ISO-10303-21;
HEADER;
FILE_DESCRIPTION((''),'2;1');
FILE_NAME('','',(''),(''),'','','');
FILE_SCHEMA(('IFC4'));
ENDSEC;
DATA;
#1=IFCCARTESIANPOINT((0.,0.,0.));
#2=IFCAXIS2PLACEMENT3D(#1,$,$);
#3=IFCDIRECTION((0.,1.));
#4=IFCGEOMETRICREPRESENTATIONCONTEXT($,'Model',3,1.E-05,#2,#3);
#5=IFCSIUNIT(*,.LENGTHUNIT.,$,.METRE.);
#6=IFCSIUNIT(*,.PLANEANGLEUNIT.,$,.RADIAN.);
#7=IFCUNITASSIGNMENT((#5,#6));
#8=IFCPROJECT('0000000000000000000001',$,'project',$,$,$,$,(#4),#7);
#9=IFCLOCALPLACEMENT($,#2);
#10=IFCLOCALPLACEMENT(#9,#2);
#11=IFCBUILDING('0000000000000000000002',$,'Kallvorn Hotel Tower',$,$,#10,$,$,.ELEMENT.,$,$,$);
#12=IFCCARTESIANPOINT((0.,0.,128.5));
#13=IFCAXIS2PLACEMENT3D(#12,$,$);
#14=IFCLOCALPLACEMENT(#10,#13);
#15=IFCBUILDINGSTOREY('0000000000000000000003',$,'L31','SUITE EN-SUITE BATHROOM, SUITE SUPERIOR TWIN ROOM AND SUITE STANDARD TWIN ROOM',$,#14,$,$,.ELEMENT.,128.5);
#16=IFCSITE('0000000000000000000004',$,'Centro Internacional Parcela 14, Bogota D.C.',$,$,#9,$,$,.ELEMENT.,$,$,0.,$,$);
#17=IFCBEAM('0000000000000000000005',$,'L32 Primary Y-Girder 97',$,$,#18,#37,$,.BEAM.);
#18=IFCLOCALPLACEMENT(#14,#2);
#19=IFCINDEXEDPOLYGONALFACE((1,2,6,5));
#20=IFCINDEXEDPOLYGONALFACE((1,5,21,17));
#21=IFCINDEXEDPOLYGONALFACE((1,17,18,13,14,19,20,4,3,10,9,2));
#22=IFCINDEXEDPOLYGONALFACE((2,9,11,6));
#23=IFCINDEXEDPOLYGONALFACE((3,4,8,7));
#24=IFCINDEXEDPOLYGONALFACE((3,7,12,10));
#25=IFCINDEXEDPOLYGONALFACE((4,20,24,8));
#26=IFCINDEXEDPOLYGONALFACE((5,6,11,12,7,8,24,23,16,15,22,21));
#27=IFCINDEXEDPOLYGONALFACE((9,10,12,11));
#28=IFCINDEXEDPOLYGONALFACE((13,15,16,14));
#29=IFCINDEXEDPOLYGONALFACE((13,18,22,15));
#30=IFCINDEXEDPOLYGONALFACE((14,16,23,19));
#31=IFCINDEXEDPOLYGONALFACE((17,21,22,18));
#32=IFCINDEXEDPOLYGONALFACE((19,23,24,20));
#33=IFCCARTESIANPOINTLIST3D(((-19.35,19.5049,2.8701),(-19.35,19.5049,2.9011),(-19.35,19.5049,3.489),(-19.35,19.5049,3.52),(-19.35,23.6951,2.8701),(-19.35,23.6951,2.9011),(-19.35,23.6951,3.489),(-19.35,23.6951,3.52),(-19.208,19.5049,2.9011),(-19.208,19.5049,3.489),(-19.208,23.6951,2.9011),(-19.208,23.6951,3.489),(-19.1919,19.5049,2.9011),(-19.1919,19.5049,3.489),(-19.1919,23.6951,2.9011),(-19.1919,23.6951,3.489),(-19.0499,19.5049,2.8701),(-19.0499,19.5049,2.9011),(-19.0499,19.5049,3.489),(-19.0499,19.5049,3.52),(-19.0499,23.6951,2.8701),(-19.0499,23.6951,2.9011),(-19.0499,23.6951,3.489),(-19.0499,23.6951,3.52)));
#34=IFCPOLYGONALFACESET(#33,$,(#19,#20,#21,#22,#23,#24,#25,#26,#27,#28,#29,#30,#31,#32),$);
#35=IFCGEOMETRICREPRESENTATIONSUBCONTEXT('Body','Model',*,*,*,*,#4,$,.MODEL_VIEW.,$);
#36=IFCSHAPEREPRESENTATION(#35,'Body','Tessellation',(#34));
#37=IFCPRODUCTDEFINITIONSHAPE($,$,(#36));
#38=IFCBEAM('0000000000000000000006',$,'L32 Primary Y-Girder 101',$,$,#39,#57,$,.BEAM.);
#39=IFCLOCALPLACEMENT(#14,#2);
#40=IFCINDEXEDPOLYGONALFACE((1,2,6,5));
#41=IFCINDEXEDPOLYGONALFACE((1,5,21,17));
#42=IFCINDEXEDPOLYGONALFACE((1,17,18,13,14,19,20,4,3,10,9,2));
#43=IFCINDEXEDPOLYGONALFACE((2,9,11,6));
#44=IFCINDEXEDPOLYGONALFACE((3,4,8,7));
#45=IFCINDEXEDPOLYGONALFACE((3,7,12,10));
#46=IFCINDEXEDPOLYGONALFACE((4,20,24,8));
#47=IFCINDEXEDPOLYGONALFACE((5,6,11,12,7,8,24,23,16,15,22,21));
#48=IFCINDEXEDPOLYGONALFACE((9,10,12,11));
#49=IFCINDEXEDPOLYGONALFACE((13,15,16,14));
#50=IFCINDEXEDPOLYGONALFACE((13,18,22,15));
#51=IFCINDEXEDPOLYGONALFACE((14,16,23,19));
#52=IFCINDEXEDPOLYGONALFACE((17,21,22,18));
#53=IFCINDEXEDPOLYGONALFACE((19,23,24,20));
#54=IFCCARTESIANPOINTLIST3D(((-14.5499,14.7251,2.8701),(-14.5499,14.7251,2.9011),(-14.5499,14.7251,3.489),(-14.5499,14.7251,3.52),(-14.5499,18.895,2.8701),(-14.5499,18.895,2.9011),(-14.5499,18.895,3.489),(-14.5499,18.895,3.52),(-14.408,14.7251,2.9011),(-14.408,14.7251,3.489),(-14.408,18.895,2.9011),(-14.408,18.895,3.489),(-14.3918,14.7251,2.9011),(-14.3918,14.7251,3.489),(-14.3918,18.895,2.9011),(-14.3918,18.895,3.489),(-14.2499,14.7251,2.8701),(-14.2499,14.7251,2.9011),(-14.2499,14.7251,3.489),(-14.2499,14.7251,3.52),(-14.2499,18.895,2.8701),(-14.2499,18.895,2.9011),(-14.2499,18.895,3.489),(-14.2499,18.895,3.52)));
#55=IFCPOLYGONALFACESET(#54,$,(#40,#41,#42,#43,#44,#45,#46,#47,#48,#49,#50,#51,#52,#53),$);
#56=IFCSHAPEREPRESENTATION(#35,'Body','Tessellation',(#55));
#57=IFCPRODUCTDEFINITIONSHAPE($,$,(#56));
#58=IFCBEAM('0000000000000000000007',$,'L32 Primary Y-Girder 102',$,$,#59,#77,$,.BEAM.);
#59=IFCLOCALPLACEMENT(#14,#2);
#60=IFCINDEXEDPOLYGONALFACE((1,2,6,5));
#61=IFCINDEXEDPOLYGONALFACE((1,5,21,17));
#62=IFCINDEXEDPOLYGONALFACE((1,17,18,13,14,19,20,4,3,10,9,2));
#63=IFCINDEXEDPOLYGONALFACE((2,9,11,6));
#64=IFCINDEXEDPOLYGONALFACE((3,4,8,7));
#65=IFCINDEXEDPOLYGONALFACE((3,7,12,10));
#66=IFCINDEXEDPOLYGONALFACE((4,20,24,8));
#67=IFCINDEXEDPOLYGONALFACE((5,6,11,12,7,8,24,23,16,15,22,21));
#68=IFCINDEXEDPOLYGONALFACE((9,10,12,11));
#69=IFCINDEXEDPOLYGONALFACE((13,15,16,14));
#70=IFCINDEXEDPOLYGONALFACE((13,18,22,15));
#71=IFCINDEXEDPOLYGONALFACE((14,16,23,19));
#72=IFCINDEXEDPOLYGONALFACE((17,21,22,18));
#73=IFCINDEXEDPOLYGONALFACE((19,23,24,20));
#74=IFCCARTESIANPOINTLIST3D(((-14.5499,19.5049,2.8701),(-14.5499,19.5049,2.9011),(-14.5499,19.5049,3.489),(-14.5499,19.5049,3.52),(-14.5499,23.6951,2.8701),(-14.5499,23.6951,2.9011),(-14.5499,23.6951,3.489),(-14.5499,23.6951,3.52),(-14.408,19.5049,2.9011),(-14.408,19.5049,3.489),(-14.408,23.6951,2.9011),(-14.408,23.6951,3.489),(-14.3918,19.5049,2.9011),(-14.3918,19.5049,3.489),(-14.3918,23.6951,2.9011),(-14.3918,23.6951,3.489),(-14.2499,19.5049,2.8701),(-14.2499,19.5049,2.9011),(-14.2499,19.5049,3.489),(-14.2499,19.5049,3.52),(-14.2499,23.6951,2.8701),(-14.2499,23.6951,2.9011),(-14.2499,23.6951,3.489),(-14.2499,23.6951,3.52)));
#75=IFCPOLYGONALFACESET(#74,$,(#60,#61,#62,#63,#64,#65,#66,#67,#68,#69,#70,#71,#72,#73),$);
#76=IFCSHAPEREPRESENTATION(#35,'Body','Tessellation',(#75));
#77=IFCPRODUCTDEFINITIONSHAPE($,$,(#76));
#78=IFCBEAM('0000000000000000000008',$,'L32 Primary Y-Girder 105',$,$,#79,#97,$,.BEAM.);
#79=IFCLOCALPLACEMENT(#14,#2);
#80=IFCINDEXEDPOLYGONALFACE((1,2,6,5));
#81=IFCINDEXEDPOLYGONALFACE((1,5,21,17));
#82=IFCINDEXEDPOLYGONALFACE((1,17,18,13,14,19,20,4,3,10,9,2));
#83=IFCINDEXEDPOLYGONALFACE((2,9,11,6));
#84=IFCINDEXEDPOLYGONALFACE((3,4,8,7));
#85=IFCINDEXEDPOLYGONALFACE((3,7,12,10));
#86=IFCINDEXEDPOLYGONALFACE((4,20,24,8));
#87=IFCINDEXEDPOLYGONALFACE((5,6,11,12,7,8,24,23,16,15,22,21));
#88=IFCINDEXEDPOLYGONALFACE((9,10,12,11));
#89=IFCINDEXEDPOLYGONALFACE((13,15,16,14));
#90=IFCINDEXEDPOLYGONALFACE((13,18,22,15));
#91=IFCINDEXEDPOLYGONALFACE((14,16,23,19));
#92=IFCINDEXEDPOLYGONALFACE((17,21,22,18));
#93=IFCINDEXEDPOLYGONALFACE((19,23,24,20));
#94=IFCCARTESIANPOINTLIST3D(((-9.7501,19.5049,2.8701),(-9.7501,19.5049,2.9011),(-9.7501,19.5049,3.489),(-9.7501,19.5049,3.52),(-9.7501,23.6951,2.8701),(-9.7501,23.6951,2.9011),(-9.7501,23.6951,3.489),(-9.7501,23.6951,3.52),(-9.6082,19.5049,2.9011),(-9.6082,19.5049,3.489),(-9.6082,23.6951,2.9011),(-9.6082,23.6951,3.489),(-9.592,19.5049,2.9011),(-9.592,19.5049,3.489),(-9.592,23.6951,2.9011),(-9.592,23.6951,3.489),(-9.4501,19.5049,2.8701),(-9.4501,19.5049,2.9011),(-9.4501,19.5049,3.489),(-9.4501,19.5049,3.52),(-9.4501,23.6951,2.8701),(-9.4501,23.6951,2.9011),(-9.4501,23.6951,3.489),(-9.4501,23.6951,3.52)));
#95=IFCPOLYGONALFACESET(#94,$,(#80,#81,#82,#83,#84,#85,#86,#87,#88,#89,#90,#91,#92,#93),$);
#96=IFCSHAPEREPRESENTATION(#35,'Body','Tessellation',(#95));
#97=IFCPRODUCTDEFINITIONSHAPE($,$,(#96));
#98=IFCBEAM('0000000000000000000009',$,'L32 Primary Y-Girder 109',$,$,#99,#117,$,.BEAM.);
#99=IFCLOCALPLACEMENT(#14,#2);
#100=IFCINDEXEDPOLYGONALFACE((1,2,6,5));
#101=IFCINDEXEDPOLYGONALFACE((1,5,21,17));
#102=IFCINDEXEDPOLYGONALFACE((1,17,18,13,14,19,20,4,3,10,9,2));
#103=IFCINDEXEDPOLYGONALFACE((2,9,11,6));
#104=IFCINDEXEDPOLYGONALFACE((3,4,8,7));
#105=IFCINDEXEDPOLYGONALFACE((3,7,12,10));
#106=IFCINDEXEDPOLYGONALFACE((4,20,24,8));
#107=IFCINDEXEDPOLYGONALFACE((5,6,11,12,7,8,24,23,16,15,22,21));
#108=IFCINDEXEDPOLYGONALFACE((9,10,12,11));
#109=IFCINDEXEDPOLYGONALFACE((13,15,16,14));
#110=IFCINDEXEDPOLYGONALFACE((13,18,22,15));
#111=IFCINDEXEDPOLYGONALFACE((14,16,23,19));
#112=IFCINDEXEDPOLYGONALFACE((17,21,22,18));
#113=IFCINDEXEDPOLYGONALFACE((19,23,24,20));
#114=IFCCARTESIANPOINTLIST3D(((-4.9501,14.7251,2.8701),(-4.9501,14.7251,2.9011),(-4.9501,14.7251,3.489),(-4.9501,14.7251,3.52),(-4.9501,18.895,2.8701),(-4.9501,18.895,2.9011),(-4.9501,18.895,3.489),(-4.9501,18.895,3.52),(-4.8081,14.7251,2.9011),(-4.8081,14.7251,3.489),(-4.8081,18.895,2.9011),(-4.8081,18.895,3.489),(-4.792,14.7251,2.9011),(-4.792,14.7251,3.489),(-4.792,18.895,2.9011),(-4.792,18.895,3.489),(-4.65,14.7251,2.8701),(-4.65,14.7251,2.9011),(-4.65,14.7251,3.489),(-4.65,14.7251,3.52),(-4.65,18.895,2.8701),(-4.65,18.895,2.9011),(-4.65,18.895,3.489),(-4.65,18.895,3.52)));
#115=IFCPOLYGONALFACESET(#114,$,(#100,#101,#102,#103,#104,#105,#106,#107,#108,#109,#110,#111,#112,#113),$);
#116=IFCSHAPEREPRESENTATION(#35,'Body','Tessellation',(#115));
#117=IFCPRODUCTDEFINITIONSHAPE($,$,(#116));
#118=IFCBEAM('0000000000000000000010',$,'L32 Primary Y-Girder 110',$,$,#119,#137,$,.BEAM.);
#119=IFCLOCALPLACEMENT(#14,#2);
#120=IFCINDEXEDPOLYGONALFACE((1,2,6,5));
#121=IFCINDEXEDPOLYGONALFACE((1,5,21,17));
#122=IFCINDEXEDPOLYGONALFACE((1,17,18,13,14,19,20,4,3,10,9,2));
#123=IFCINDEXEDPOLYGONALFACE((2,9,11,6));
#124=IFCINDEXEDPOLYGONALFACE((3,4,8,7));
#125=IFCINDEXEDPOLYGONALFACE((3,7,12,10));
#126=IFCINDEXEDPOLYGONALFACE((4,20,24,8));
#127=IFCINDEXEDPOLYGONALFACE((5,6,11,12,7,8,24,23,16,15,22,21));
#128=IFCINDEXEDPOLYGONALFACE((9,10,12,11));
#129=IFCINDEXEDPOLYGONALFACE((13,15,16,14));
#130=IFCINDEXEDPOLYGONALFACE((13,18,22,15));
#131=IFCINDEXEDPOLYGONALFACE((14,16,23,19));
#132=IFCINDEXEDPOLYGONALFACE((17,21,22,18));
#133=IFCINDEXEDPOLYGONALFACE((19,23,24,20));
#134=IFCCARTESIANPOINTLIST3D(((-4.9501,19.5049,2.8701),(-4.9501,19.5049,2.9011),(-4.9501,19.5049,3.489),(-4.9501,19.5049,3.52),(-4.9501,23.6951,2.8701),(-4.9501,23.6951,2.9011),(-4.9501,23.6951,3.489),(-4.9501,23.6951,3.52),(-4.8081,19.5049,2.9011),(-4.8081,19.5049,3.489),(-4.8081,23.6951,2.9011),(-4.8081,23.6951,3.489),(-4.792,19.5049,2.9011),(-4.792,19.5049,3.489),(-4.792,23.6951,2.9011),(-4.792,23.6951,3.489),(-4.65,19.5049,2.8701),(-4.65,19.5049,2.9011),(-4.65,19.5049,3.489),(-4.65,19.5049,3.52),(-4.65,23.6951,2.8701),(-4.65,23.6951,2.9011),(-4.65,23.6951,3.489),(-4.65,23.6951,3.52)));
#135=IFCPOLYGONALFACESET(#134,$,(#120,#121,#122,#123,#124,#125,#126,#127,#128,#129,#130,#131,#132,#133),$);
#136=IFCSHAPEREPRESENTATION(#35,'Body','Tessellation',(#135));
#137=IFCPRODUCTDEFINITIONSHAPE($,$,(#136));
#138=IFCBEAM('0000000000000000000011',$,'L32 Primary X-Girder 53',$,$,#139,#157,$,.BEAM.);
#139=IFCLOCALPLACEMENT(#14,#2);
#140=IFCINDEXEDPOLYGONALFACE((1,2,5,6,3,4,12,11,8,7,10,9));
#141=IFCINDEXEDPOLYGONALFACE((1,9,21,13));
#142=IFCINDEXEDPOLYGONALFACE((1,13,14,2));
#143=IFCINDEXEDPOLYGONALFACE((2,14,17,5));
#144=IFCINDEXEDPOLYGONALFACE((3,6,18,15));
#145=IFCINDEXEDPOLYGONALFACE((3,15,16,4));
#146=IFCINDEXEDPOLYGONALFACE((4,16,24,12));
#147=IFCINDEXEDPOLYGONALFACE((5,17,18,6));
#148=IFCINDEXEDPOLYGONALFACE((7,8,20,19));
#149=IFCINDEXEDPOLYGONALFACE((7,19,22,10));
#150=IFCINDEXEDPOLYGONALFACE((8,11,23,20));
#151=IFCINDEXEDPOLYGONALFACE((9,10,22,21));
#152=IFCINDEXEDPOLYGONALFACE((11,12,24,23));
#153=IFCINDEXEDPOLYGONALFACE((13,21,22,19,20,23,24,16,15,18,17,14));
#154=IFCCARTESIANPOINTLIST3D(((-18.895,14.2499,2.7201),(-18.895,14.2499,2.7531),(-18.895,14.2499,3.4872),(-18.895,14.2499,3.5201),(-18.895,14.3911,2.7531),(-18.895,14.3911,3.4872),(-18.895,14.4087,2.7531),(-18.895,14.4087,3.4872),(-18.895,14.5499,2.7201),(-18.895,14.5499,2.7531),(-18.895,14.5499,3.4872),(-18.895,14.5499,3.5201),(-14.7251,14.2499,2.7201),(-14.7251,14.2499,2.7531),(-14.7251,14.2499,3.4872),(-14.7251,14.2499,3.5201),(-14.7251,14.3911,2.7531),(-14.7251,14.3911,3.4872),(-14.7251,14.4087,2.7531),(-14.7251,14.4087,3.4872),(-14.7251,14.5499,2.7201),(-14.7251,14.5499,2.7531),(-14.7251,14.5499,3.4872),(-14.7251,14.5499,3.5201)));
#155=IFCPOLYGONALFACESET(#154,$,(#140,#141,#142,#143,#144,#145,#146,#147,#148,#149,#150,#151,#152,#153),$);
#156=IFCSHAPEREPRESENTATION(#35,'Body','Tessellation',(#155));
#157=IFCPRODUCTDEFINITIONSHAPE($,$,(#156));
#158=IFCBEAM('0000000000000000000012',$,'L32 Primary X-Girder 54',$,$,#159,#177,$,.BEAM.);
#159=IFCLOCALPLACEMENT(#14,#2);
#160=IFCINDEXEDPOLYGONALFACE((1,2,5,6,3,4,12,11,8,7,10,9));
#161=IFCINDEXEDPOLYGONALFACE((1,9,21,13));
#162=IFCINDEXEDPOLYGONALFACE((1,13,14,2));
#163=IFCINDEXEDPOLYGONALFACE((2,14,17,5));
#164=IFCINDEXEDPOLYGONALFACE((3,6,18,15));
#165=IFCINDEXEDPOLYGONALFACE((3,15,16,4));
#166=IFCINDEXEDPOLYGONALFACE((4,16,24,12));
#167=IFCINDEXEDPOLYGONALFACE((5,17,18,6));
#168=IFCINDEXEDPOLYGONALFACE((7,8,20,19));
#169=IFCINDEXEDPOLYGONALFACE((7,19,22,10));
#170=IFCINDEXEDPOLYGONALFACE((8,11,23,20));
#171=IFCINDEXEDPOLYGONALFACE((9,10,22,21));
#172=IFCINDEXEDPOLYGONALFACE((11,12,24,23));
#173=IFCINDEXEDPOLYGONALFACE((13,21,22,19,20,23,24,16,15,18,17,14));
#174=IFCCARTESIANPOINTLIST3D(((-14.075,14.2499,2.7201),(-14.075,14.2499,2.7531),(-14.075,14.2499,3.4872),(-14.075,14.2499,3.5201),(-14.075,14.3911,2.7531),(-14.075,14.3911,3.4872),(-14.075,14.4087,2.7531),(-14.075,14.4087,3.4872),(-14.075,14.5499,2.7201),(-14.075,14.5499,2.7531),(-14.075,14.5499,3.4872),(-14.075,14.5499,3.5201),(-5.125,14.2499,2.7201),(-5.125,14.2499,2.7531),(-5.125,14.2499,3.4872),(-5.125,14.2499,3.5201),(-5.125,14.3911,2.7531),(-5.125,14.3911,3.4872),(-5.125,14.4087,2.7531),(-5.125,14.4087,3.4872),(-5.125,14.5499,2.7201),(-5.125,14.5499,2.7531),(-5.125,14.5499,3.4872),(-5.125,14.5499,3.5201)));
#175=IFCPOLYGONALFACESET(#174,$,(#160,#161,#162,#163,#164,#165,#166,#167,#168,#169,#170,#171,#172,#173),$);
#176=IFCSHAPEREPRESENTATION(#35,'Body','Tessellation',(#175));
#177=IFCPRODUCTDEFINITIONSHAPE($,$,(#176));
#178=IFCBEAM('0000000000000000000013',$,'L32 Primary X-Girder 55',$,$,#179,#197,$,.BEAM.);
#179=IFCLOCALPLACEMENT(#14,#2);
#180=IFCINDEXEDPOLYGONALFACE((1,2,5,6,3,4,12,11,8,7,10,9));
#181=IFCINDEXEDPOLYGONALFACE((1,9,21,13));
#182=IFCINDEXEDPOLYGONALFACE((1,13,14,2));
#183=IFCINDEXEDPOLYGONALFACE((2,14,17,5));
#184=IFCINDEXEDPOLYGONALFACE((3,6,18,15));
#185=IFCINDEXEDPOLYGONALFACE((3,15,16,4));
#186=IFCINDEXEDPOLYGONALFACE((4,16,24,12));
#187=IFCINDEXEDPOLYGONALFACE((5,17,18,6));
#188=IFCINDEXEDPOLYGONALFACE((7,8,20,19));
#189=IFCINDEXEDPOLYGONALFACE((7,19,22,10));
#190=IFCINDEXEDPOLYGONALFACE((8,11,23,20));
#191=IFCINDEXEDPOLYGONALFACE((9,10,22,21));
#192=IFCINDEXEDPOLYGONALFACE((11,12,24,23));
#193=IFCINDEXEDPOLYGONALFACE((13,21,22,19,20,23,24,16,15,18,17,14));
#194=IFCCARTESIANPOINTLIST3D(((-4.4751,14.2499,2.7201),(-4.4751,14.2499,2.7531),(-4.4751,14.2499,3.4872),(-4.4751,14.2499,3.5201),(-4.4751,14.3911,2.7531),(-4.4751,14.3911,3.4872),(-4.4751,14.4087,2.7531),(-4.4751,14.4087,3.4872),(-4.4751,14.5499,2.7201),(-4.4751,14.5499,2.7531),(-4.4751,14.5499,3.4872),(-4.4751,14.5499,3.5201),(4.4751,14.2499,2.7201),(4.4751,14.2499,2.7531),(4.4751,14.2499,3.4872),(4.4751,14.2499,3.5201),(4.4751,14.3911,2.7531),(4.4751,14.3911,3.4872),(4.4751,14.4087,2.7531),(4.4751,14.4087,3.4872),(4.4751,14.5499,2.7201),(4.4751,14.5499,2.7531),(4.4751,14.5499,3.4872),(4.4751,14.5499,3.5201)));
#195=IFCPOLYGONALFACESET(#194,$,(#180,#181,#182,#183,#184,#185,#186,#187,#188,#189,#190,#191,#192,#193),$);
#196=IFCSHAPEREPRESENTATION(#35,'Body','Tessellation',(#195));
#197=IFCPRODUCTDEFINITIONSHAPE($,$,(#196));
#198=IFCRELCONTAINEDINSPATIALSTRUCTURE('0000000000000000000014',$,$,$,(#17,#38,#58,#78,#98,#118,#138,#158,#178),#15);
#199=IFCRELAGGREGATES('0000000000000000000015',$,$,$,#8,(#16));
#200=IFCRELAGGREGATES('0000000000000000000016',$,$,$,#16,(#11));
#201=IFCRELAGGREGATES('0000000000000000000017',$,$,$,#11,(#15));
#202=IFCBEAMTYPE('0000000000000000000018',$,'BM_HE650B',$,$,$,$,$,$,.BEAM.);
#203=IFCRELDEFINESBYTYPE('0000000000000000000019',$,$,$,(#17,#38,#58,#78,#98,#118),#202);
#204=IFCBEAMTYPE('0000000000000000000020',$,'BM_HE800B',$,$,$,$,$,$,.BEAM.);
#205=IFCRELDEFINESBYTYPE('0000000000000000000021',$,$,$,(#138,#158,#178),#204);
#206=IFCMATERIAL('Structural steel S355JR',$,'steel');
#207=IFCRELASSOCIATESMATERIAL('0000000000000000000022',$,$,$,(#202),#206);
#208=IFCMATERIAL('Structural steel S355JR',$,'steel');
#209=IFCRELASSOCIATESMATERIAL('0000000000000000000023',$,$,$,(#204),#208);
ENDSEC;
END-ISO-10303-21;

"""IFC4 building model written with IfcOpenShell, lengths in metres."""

from ifc_helpers import new_model, si_unit, direction, frame, origin, origin_2d, place, context, subcontext, project, spatial, i_section, extrude, material, material_profile, profile_set, type_object, element, save


model = new_model("IFC4")

# Units and contexts
model_context = context("Model", 3, precision=1e-05, world=origin(), true_north=direction((0.0, 1.0)))
body_context = subcontext(model_context, "Body", "Model", "MODEL_VIEW")
ifc_project = project(units=[si_unit("LENGTHUNIT", "METRE"), si_unit("PLANEANGLEUNIT", "RADIAN")], contexts=[model_context])

# Site, building, storey
site_placement = place(None, origin())
site = spatial("IfcSite", under=ifc_project, at=site_placement, Name="Centro Internacional Parcela 14, Bogota D.C.", CompositionType="ELEMENT", RefElevation=0.0)
building_placement = place(site_placement, origin())
building = spatial("IfcBuilding", under=site, at=building_placement, Name="Kallvorn Hotel Tower", CompositionType="ELEMENT")
storey_placement = place(building_placement, frame((0.0, 0.0, 128.5)))
storey = spatial("IfcBuildingStorey", under=building, at=storey_placement, Name="L31", Description="SUITE EN-SUITE BATHROOM, SUITE SUPERIOR TWIN ROOM AND SUITE STANDARD TWIN ROOM", CompositionType="ELEMENT", Elevation=128.5)

# Beams
ifc_material_1 = material(Name="Structural steel S355JR", Category="steel")
ifc_material_profile_1 = material_profile(ifc_material_1, i_section(OverallWidth=0.3, OverallDepth=0.6499, WebThickness=0.0161, FlangeThickness=0.031, at=origin_2d()), Name="HE 650 B")
ifc_profile_set_1 = profile_set([ifc_material_profile_1], Name="Structural steel S355JR")
beam_type_1 = type_object("IfcBeamType", Name="BM_HE650B", PredefinedType="BEAM", material=ifc_profile_set_1)
beam_1_placement = place(storey_placement, frame((-19.2, 19.5049, 3.1951), z_axis=(0.0, 1.0, 0.0), x_axis=(-1.0, 0.0, 0.0)))
element("IfcBeam", 1, at=beam_1_placement, inside=storey, type_object=beam_type_1, Name="L32 Primary Y-Girder 97", PredefinedType="BEAM", context=body_context, shape_type="SweptSolid", body=[
    extrude(i_section(OverallWidth=0.3, OverallDepth=0.6499, WebThickness=0.0161, FlangeThickness=0.031, at=origin_2d()), origin(), (0.0, 0.0, 1.0), 4.1902),
])
beam_2_placement = place(storey_placement, frame((-14.3999, 14.7251, 3.1951), z_axis=(0.0, 1.0, 0.0), x_axis=(-1.0, 0.0, 0.0)))
element("IfcBeam", 2, at=beam_2_placement, inside=storey, type_object=beam_type_1, Name="L32 Primary Y-Girder 101", PredefinedType="BEAM", context=body_context, shape_type="SweptSolid", body=[
    extrude(i_section(OverallWidth=0.3, OverallDepth=0.6499, WebThickness=0.0161, FlangeThickness=0.031, at=origin_2d()), origin(), (0.0, 0.0, 1.0), 4.1699),
])
for number, where, z_axis, x_axis, name in (
    (3, (-14.3999, 19.5049, 3.1951), (0.0, 1.0, 0.0), (-1.0, 0.0, 0.0), "L32 Primary Y-Girder 102"),
    (4, (-9.6001, 19.5049, 3.1951), (0.0, 1.0, 0.0), (-1.0, 0.0, 0.0), "L32 Primary Y-Girder 105"),
):
    element("IfcBeam", number, at=place(storey_placement, frame(where, z_axis=z_axis, x_axis=x_axis)), inside=storey, type_object=beam_type_1, Name=name, PredefinedType="BEAM", context=body_context, shape_type="SweptSolid", body=[
        extrude(i_section(OverallWidth=0.3, OverallDepth=0.6499, WebThickness=0.0161, FlangeThickness=0.031, at=origin_2d()), origin(), (0.0, 0.0, 1.0), 4.1902),
    ])
beam_3_placement = place(storey_placement, frame((-4.8, 14.7251, 3.1951), z_axis=(0.0, 1.0, 0.0), x_axis=(-1.0, 0.0, 0.0)))
element("IfcBeam", 5, at=beam_3_placement, inside=storey, type_object=beam_type_1, Name="L32 Primary Y-Girder 109", PredefinedType="BEAM", context=body_context, shape_type="SweptSolid", body=[
    extrude(i_section(OverallWidth=0.3, OverallDepth=0.6499, WebThickness=0.0161, FlangeThickness=0.031, at=origin_2d()), origin(), (0.0, 0.0, 1.0), 4.1699),
])
beam_4_placement = place(storey_placement, frame((-4.8, 19.5049, 3.1951), z_axis=(0.0, 1.0, 0.0), x_axis=(-1.0, 0.0, 0.0)))
element("IfcBeam", 6, at=beam_4_placement, inside=storey, type_object=beam_type_1, Name="L32 Primary Y-Girder 110", PredefinedType="BEAM", context=body_context, shape_type="SweptSolid", body=[
    extrude(i_section(OverallWidth=0.3, OverallDepth=0.6499, WebThickness=0.0161, FlangeThickness=0.031, at=origin_2d()), origin(), (0.0, 0.0, 1.0), 4.1902),
])
ifc_material_2 = material(Name="Structural steel S355JR", Category="steel")
ifc_material_profile_2 = material_profile(ifc_material_2, i_section(OverallWidth=0.3, OverallDepth=0.8, WebThickness=0.0176, FlangeThickness=0.033, at=origin_2d()), Name="HE 800 B")
ifc_profile_set_2 = profile_set([ifc_material_profile_2], Name="Structural steel S355JR")
beam_type_2 = type_object("IfcBeamType", Name="BM_HE800B", PredefinedType="BEAM", material=ifc_profile_set_2)
beam_5_placement = place(storey_placement, frame((-18.895, 14.3999, 3.1201), z_axis=(1.0, 0.0, 0.0), x_axis=(0.0, 1.0, 0.0)))
element("IfcBeam", 7, at=beam_5_placement, inside=storey, type_object=beam_type_2, Name="L32 Primary X-Girder 53", PredefinedType="BEAM", context=body_context, shape_type="SweptSolid", body=[
    extrude(i_section(OverallWidth=0.3, OverallDepth=0.8, WebThickness=0.0176, FlangeThickness=0.033, at=origin_2d()), origin(), (0.0, 0.0, 1.0), 4.1699),
])
beam_6_placement = place(storey_placement, frame((-14.075, 14.3999, 3.1201), z_axis=(1.0, 0.0, 0.0), x_axis=(0.0, 1.0, 0.0)))
element("IfcBeam", 8, at=beam_6_placement, inside=storey, type_object=beam_type_2, Name="L32 Primary X-Girder 54", PredefinedType="BEAM", context=body_context, shape_type="SweptSolid", body=[
    extrude(i_section(OverallWidth=0.3, OverallDepth=0.8, WebThickness=0.0176, FlangeThickness=0.033, at=origin_2d()), origin(), (0.0, 0.0, 1.0), 8.95),
])
beam_7_placement = place(storey_placement, frame((-4.4751, 14.3999, 3.1201), z_axis=(1.0, 0.0, 0.0), x_axis=(0.0, 1.0, 0.0)))
element("IfcBeam", 9, at=beam_7_placement, inside=storey, type_object=beam_type_2, Name="L32 Primary X-Girder 55", PredefinedType="BEAM", context=body_context, shape_type="SweptSolid", body=[
    extrude(i_section(OverallWidth=0.3, OverallDepth=0.8, WebThickness=0.0176, FlangeThickness=0.033, at=origin_2d()), origin(), (0.0, 0.0, 1.0), 8.9502),
])

save(model, "model.ifc")
